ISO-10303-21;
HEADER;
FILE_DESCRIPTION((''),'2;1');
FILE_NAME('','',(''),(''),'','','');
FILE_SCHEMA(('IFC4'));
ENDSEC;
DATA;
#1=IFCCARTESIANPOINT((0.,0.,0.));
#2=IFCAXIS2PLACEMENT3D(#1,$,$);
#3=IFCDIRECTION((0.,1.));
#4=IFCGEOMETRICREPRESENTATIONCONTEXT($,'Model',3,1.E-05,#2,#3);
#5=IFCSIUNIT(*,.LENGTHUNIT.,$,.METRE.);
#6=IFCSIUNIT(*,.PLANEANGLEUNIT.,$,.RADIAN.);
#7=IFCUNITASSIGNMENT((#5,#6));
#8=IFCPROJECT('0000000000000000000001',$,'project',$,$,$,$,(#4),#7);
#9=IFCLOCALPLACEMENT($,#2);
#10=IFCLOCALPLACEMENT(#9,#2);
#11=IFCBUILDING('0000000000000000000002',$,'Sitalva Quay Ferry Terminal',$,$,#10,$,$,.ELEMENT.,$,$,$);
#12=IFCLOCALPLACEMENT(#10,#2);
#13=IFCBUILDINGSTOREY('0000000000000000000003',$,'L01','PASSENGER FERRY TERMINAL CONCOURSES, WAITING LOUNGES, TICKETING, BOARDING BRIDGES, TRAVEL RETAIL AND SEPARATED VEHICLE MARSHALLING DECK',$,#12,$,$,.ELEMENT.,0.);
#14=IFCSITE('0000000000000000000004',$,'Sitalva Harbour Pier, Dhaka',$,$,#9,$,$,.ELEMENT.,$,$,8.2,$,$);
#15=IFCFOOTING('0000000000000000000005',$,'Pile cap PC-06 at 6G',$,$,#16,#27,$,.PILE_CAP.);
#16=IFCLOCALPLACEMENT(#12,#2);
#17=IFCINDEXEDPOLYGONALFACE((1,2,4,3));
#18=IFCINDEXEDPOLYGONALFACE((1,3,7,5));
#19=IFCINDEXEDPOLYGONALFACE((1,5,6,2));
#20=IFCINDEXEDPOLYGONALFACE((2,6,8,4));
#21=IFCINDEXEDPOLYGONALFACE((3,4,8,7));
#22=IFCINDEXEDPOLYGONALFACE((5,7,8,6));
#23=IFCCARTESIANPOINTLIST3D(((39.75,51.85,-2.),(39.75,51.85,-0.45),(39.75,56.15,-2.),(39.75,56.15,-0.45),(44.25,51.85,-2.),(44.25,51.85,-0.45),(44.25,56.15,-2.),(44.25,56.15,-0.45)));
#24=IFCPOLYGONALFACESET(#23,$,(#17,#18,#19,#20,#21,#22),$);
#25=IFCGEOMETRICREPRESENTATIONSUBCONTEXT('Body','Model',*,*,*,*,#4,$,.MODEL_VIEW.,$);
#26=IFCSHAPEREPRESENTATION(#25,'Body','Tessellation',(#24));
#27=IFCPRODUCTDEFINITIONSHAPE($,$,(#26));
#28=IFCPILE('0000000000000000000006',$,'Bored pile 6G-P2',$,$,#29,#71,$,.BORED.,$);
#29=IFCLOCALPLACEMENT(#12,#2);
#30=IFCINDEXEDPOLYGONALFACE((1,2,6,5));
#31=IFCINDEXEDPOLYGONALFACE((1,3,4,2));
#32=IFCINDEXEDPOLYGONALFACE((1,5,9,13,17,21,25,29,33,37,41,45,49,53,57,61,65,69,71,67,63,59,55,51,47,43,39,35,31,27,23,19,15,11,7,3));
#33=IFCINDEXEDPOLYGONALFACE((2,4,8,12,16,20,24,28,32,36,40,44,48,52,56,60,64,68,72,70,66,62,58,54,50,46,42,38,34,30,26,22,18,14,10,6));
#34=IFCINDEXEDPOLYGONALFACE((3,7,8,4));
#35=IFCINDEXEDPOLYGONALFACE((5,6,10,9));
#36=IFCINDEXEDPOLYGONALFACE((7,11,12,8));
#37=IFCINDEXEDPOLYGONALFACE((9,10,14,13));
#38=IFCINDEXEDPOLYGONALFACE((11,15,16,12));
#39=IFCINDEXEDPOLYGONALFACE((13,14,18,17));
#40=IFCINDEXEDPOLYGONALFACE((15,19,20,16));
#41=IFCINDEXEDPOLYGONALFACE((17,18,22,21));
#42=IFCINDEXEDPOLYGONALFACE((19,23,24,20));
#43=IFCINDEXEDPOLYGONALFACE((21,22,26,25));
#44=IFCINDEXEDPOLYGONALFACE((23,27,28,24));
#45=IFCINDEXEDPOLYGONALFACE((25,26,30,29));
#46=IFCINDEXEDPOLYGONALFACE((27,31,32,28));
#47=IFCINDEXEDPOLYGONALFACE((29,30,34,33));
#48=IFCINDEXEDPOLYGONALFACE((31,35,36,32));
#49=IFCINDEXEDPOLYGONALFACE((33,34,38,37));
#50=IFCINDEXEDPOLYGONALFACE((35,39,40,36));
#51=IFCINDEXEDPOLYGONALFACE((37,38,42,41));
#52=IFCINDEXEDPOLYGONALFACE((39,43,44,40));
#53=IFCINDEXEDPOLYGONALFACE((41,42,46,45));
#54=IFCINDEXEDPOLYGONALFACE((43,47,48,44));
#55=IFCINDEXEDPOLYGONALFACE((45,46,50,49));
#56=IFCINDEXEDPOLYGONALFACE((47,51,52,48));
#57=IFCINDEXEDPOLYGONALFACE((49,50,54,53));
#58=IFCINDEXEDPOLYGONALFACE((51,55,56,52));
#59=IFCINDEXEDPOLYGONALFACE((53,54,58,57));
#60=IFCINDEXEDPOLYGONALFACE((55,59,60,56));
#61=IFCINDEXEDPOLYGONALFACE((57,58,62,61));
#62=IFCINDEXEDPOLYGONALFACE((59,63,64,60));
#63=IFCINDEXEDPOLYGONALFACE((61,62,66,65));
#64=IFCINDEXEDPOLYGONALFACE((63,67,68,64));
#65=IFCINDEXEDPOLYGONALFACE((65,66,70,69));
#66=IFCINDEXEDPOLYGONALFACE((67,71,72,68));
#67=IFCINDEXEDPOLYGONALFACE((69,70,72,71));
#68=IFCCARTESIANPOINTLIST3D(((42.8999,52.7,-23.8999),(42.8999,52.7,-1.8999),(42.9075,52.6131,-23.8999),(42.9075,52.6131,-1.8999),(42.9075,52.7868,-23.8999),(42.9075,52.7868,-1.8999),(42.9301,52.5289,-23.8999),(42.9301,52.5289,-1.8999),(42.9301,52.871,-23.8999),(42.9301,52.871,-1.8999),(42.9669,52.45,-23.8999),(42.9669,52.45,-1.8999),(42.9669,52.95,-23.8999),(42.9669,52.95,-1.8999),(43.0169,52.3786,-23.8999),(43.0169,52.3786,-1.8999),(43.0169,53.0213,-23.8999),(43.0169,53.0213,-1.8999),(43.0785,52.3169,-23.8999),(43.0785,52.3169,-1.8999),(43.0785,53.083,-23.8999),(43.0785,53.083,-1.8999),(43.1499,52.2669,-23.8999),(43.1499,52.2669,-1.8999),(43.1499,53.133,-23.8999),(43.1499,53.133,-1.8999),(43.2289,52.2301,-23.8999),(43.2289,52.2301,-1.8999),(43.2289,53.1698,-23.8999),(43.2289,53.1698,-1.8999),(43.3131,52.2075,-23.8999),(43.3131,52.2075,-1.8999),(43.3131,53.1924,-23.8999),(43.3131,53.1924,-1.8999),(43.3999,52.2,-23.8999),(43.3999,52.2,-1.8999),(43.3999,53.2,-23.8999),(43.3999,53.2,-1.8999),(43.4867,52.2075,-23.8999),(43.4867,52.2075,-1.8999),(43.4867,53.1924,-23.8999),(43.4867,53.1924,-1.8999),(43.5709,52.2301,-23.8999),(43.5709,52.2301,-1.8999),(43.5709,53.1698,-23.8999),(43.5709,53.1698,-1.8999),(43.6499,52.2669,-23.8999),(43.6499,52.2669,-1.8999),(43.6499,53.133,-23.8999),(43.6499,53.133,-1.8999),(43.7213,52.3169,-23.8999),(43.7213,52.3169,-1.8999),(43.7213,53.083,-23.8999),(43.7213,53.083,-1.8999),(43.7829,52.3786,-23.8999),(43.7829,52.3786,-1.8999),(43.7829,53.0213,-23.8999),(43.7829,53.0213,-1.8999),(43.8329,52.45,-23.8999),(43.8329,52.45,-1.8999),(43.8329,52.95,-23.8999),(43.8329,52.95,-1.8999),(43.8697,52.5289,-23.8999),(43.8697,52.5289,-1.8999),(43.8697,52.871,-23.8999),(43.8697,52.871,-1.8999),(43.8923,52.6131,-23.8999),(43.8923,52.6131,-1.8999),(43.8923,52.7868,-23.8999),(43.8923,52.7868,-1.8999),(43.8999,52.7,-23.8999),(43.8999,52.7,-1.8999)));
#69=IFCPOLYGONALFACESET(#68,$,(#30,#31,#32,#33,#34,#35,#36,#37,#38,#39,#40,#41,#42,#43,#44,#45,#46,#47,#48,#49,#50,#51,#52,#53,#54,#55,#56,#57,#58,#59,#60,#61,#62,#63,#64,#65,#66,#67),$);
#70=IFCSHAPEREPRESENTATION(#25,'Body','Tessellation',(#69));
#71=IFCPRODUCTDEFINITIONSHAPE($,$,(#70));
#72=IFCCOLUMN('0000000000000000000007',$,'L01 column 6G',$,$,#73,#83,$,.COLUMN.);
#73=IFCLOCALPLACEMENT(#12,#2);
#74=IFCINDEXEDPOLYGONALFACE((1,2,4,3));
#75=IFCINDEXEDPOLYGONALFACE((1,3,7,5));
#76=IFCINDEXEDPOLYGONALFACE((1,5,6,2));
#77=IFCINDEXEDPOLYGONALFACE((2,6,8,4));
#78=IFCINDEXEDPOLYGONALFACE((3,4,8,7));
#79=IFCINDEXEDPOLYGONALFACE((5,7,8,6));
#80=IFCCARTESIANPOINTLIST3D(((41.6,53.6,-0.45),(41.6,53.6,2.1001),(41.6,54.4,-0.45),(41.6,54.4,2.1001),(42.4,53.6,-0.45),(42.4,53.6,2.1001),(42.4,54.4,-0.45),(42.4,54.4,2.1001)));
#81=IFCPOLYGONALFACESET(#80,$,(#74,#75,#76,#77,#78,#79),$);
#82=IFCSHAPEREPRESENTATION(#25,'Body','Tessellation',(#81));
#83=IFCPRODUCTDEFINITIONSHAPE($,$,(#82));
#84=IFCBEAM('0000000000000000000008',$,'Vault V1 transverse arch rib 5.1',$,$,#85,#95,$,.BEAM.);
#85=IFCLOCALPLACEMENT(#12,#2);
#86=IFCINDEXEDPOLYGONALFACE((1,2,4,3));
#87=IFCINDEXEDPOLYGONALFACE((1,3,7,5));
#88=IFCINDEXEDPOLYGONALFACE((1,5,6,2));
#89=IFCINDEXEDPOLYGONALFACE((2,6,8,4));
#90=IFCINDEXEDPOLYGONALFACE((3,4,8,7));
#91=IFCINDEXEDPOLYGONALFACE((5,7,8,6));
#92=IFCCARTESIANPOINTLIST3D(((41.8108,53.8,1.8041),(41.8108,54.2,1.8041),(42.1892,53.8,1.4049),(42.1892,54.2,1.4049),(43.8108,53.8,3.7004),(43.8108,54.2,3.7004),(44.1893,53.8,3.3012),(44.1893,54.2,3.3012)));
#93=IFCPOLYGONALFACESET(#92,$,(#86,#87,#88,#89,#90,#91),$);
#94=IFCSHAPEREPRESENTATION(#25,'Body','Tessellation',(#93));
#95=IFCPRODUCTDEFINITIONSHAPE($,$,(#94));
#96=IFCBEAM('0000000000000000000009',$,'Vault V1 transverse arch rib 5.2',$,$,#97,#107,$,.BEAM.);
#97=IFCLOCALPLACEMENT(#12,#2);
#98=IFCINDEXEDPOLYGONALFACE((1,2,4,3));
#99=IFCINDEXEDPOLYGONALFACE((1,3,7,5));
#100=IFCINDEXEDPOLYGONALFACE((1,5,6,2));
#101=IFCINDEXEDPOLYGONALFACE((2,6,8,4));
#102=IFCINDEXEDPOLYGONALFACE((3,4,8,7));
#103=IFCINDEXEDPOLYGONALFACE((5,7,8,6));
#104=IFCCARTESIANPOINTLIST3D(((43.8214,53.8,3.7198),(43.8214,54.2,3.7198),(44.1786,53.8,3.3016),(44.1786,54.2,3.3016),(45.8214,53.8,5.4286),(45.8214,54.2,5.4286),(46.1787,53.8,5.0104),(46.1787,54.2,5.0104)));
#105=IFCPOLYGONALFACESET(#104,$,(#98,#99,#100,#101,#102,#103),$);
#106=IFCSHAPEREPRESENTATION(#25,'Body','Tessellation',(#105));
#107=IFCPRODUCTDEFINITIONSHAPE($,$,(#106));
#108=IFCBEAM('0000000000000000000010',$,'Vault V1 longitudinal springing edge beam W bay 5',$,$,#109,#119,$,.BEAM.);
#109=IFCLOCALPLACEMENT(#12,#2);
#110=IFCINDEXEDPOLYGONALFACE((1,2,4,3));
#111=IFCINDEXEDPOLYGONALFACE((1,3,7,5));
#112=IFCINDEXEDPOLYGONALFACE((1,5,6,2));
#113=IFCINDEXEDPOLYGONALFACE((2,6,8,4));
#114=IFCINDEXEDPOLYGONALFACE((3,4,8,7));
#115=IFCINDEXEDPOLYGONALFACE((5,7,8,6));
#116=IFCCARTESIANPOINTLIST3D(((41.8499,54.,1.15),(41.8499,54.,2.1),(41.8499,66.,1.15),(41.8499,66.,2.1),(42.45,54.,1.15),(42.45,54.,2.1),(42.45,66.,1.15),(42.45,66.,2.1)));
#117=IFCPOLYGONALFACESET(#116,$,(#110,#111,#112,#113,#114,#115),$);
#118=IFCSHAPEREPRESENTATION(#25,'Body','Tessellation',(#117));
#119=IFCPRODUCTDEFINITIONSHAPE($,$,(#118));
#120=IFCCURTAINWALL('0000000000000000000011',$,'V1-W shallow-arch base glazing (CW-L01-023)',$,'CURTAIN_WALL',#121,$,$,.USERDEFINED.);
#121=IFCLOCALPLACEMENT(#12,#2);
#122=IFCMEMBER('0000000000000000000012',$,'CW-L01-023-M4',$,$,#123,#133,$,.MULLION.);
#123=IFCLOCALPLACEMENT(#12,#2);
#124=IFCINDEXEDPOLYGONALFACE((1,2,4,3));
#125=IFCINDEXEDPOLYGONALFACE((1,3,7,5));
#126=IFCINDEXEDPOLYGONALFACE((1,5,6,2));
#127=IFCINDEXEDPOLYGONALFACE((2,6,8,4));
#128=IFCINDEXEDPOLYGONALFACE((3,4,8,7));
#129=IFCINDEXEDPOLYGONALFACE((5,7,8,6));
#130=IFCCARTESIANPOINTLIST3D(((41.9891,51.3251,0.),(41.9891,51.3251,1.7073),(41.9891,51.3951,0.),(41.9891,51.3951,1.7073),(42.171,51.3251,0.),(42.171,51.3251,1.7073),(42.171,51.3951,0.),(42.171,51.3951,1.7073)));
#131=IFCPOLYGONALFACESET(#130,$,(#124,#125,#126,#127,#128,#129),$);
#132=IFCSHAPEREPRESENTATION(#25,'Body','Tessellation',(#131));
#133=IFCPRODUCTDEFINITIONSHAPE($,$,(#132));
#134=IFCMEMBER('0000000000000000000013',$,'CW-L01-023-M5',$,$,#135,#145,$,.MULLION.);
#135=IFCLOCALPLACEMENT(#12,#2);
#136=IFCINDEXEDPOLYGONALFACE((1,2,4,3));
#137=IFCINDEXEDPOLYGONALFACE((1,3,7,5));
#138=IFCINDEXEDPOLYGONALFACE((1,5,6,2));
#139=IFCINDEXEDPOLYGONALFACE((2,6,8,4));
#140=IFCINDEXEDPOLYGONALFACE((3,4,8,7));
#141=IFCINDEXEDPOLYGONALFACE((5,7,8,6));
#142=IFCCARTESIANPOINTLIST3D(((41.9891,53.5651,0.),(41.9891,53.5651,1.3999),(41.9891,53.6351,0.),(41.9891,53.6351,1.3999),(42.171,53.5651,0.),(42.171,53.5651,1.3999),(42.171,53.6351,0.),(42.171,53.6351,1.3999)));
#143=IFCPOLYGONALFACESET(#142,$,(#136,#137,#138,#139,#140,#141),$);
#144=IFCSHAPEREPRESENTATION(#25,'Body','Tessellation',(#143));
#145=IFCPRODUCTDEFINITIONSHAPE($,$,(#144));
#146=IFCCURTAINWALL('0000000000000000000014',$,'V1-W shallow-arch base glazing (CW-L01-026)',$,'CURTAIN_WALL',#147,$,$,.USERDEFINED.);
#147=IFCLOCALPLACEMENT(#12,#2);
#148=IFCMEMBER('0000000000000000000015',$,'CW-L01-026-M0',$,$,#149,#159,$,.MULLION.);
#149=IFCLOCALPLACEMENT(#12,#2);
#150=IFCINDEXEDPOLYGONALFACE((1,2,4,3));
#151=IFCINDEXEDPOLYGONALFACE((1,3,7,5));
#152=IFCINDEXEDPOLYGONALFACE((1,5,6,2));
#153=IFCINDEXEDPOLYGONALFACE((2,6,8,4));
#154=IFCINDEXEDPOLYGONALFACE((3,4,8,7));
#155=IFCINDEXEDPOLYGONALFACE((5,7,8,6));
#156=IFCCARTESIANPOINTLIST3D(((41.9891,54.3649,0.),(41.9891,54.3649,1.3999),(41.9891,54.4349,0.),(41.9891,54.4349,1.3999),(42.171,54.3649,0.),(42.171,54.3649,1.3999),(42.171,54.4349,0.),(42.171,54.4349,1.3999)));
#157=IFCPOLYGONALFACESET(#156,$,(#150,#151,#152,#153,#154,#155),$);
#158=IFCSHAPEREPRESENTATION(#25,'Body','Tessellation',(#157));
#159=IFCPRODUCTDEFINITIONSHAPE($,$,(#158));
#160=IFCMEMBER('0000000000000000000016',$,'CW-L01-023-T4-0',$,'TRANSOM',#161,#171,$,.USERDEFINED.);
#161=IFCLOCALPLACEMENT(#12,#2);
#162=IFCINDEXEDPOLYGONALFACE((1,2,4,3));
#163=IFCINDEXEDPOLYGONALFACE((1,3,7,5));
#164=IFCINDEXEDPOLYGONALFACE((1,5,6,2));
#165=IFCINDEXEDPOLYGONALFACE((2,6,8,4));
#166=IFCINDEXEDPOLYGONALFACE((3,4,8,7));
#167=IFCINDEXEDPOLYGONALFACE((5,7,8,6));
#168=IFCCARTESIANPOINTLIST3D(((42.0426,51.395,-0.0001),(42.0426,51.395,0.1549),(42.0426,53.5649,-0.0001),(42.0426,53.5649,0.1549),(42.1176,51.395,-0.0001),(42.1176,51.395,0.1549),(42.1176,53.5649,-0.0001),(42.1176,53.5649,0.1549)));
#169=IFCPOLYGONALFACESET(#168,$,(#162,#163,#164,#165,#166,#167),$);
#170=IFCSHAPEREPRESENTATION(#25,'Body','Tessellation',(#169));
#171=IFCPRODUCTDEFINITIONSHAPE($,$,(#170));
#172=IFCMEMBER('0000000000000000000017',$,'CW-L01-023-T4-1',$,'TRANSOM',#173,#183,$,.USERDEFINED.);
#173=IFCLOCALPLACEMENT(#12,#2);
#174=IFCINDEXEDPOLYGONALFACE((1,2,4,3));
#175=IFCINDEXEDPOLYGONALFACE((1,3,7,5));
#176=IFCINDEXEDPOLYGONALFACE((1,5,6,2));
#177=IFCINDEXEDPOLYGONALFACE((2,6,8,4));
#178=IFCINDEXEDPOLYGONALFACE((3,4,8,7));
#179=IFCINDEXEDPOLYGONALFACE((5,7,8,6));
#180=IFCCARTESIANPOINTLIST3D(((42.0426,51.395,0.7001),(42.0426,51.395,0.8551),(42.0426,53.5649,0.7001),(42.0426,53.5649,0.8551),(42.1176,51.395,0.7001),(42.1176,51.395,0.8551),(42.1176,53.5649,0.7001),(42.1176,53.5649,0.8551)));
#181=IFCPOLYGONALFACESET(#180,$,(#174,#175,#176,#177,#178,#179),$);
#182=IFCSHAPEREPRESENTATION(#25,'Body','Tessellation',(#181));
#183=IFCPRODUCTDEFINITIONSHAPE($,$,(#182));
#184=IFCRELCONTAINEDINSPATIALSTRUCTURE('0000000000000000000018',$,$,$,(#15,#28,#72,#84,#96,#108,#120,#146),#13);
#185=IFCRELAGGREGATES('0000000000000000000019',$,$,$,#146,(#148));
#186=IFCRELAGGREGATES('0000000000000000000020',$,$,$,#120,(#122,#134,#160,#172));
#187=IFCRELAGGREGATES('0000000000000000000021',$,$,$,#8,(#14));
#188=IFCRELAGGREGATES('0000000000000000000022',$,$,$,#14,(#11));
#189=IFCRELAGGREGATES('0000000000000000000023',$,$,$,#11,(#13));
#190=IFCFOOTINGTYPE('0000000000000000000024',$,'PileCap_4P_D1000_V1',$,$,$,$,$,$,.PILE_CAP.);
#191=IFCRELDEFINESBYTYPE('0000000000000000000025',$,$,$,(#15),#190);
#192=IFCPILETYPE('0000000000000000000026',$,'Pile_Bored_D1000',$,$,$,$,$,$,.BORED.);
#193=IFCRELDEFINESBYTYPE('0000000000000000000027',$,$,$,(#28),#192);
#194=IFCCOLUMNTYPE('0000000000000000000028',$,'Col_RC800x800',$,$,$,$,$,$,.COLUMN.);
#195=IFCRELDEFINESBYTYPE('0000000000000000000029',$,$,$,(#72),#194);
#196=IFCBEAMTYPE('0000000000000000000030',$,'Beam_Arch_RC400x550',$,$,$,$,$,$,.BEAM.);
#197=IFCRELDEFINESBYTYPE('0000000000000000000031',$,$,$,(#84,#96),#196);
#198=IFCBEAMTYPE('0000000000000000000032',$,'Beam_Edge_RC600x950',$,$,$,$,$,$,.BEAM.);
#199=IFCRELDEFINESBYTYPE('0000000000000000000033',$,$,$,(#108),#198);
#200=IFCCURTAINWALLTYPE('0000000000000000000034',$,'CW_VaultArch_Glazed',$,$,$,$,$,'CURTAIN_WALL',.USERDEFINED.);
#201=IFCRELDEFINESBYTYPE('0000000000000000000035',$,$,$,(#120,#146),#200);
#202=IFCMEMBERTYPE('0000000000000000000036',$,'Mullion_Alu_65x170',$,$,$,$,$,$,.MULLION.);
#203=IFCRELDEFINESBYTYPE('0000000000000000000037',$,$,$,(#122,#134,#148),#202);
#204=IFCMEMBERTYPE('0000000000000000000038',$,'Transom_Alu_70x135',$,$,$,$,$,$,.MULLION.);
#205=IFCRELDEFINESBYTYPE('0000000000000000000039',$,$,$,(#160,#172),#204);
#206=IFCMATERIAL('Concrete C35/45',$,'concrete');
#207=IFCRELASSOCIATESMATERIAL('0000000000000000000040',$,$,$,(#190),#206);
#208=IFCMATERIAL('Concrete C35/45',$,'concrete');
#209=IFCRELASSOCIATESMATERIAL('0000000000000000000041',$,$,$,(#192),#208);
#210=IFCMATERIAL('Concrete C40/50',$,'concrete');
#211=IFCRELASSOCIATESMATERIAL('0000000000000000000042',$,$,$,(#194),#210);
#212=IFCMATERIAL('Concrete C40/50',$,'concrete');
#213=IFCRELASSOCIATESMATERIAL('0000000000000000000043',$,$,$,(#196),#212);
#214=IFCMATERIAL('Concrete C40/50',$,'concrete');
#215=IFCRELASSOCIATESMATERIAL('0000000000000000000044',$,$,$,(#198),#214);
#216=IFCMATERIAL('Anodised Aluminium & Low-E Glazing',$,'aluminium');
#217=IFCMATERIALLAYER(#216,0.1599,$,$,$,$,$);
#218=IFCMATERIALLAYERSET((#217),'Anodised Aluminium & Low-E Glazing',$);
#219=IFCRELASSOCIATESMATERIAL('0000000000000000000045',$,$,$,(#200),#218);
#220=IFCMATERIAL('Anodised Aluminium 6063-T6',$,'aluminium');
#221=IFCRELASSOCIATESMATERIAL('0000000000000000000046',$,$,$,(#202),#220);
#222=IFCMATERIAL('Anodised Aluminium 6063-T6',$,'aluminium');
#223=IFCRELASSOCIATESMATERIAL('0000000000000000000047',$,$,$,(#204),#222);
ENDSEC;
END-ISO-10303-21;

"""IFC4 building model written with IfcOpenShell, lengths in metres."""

from ifc_helpers import new_model, si_unit, direction, frame, origin, origin_2d, place, context, subcontext, project, spatial, rectangle, circle, extrude, material, layer, layer_set, material_profile, profile_set, type_object, element, aggregate, save


model = new_model("IFC4")

# Units and contexts
model_context = context("Model", 3, precision=1e-05, world=origin(), true_north=direction((0.0, 1.0)))
body_context = subcontext(model_context, "Body", "Model", "MODEL_VIEW")
ifc_project = project(units=[si_unit("LENGTHUNIT", "METRE"), si_unit("PLANEANGLEUNIT", "RADIAN")], contexts=[model_context])

# Site, building, storey
site_placement = place(None, origin())
site = spatial("IfcSite", under=ifc_project, at=site_placement, Name="Sitalva Harbour Pier, Dhaka", CompositionType="ELEMENT", RefElevation=8.2)
building_placement = place(site_placement, origin())
building = spatial("IfcBuilding", under=site, at=building_placement, Name="Sitalva Quay Ferry Terminal", CompositionType="ELEMENT")
storey_placement = place(building_placement, origin())
storey = spatial("IfcBuildingStorey", under=building, at=storey_placement, Name="L01", Description="PASSENGER FERRY TERMINAL CONCOURSES, WAITING LOUNGES, TICKETING, BOARDING BRIDGES, TRAVEL RETAIL AND SEPARATED VEHICLE MARSHALLING DECK", CompositionType="ELEMENT", Elevation=0.0)

# Footing
ifc_material_1 = material(Name="Concrete C35/45", Category="concrete")
footing_type = type_object("IfcFootingType", Name="PileCap_4P_D1000_V1", PredefinedType="PILE_CAP", material=ifc_material_1)
footing_placement = place(storey_placement, frame((42.0, 54.0, -2.0), z_axis=(0.0, 0.0, 1.0), x_axis=(1.0, 0.0, 0.0)))
element("IfcFooting", 1, at=footing_placement, inside=storey, type_object=footing_type, Name="Pile cap PC-06 at 6G", PredefinedType="PILE_CAP", context=body_context, shape_type="SweptSolid", body=[
    extrude(rectangle(XDim=4.5, YDim=4.3, at=origin_2d()), origin(), (0.0, 0.0, 1.0), 1.55),
])

# Pile
ifc_material_2 = material(Name="Concrete C35/45", Category="concrete")
ifc_material_profile_1 = material_profile(ifc_material_2, circle(Radius=0.5, at=origin_2d()), Name="PILE-D1000")
ifc_profile_set_1 = profile_set([ifc_material_profile_1], Name="Concrete C35/45")
pile_type = type_object("IfcPileType", Name="Pile_Bored_D1000", PredefinedType="BORED", material=ifc_profile_set_1)
pile_placement = place(storey_placement, frame((43.3999, 52.7, -1.8999), z_axis=(0.0, 0.0, -1.0), x_axis=(1.0, 0.0, 0.0)))
element("IfcPile", 2, at=pile_placement, inside=storey, type_object=pile_type, Name="Bored pile 6G-P2", PredefinedType="BORED", context=body_context, shape_type="SweptSolid", body=[
    extrude(circle(Radius=0.5, at=origin_2d()), origin(), (0.0, 0.0, 1.0), 22.0),
])

# Column
ifc_material_3 = material(Name="Concrete C40/50", Category="concrete")
ifc_material_profile_2 = material_profile(ifc_material_3, rectangle(XDim=0.8, YDim=0.8, at=origin_2d()), Name="RC800x800")
ifc_profile_set_2 = profile_set([ifc_material_profile_2], Name="Concrete C40/50")
column_type = type_object("IfcColumnType", Name="Col_RC800x800", PredefinedType="COLUMN", material=ifc_profile_set_2)
column_placement = place(storey_placement, frame((42.0, 54.0, -0.45), z_axis=(0.0, 0.0, 1.0), x_axis=(1.0, 0.0, 0.0)))
element("IfcColumn", 3, at=column_placement, inside=storey, type_object=column_type, Name="L01 column 6G", PredefinedType="COLUMN", context=body_context, shape_type="SweptSolid", body=[
    extrude(rectangle(XDim=0.8, YDim=0.8, at=origin_2d()), origin(), (0.0, 0.0, 1.0), 2.55),
])

# Beams
ifc_material_4 = material(Name="Concrete C40/50", Category="concrete")
ifc_material_profile_3 = material_profile(ifc_material_4, rectangle(XDim=0.3999, YDim=0.55, at=origin_2d()), Name="RC400x550")
ifc_profile_set_3 = profile_set([ifc_material_profile_3], Name="Concrete C40/50")
beam_type_1 = type_object("IfcBeamType", Name="Beam_Arch_RC400x550", PredefinedType="BEAM", material=ifc_profile_set_3)
beam_1_placement = place(storey_placement, frame((42.0, 54.0, 1.6045), z_axis=(0.72568, 0.0, 0.688032), x_axis=(0.0, 1.0, 0.0)))
element("IfcBeam", 4, at=beam_1_placement, inside=storey, type_object=beam_type_1, Name="Vault V1 transverse arch rib 5.1", PredefinedType="BEAM", context=body_context, shape_type="SweptSolid", body=[
    extrude(rectangle(XDim=0.3999, YDim=0.55, at=origin_2d()), origin(), (0.0, 0.0, 1.0), 2.7561),
])
beam_2_placement = place(storey_placement, frame((44.0, 54.0, 3.5107), z_axis=(0.760297, 0.0, 0.649575), x_axis=(0.0, 1.0, 0.0)))
element("IfcBeam", 5, at=beam_2_placement, inside=storey, type_object=beam_type_1, Name="Vault V1 transverse arch rib 5.2", PredefinedType="BEAM", context=body_context, shape_type="SweptSolid", body=[
    extrude(rectangle(XDim=0.3999, YDim=0.55, at=origin_2d()), origin(), (0.0, 0.0, 1.0), 2.6306),
])
ifc_material_5 = material(Name="Concrete C40/50", Category="concrete")
ifc_material_profile_4 = material_profile(ifc_material_5, rectangle(XDim=0.6001, YDim=0.95, at=origin_2d()), Name="RC600x950")
ifc_profile_set_4 = profile_set([ifc_material_profile_4], Name="Concrete C40/50")
beam_type_2 = type_object("IfcBeamType", Name="Beam_Edge_RC600x950", PredefinedType="BEAM", material=ifc_profile_set_4)
beam_3_placement = place(storey_placement, frame((42.1499, 54.0, 1.625), z_axis=(0.0, 1.0, 0.0), x_axis=(-1.0, 0.0, 0.0)))
element("IfcBeam", 6, at=beam_3_placement, inside=storey, type_object=beam_type_2, Name="Vault V1 longitudinal springing edge beam W bay 5", PredefinedType="BEAM", context=body_context, shape_type="SweptSolid", body=[
    extrude(rectangle(XDim=0.6001, YDim=0.95, at=origin_2d()), origin(), (0.0, 0.0, 1.0), 12.0),
])

# Curtain wall, members
ifc_material_6 = material(Name="Anodised Aluminium & Low-E Glazing", Category="aluminium")
ifc_layer_1 = layer(ifc_material_6, 0.1599)
ifc_layer_set_1 = layer_set([ifc_layer_1], Name="Anodised Aluminium & Low-E Glazing")
curtain_wall_type = type_object("IfcCurtainWallType", Name="CW_VaultArch_Glazed", ElementType="CURTAIN_WALL", PredefinedType="USERDEFINED", material=ifc_layer_set_1)
curtain_wall_1_placement = place(storey_placement, origin())
curtain_wall_1 = element("IfcCurtainWall", 7, at=curtain_wall_1_placement, inside=storey, type_object=curtain_wall_type, Name="V1-W shallow-arch base glazing (CW-L01-023)", ObjectType="CURTAIN_WALL", PredefinedType="USERDEFINED")
ifc_material_7 = material(Name="Anodised Aluminium 6063-T6", Category="aluminium")
ifc_material_profile_5 = material_profile(ifc_material_7, rectangle(XDim=0.0701, YDim=0.1819, at=origin_2d()), Name="ALU70x182")
ifc_profile_set_5 = profile_set([ifc_material_profile_5], Name="Anodised Aluminium 6063-T6")
member_type_1 = type_object("IfcMemberType", Name="Mullion_Alu_65x170", PredefinedType="MULLION", material=ifc_profile_set_5)
member_1_placement = place(storey_placement, frame((42.0801, 51.3601, 0.0), z_axis=(0.0, 0.0, 1.0), x_axis=(0.0, 1.0, 0.0)))
member_1 = element("IfcMember", 8, at=member_1_placement, type_object=member_type_1, Name="CW-L01-023-M4", PredefinedType="MULLION", context=body_context, shape_type="SweptSolid", body=[
    extrude(rectangle(XDim=0.0701, YDim=0.1819, at=origin_2d()), origin(), (0.0, 0.0, 1.0), 1.7073),
])
member_2_placement = place(storey_placement, frame((42.0801, 53.6001, 0.0), z_axis=(0.0, 0.0, 1.0), x_axis=(0.0, 1.0, 0.0)))
member_2 = element("IfcMember", 9, at=member_2_placement, type_object=member_type_1, Name="CW-L01-023-M5", PredefinedType="MULLION", context=body_context, shape_type="SweptSolid", body=[
    extrude(rectangle(XDim=0.0701, YDim=0.1819, at=origin_2d()), origin(), (0.0, 0.0, 1.0), 1.3999),
])

# Curtain wall, member
curtain_wall_2_placement = place(storey_placement, origin())
curtain_wall_2 = element("IfcCurtainWall", 10, at=curtain_wall_2_placement, inside=storey, type_object=curtain_wall_type, Name="V1-W shallow-arch base glazing (CW-L01-026)", ObjectType="CURTAIN_WALL", PredefinedType="USERDEFINED")
member_3_placement = place(storey_placement, frame((42.0801, 54.3999, 0.0), z_axis=(0.0, 0.0, 1.0), x_axis=(0.0, 1.0, 0.0)))
member_3 = element("IfcMember", 11, at=member_3_placement, type_object=member_type_1, Name="CW-L01-026-M0", PredefinedType="MULLION", context=body_context, shape_type="SweptSolid", body=[
    extrude(rectangle(XDim=0.0701, YDim=0.1819, at=origin_2d()), origin(), (0.0, 0.0, 1.0), 1.3999),
])

# Members
ifc_material_8 = material(Name="Anodised Aluminium 6063-T6", Category="aluminium")
ifc_material_profile_6 = material_profile(ifc_material_8, rectangle(XDim=0.075, YDim=0.155, at=origin_2d()), Name="ALU75x155")
ifc_profile_set_6 = profile_set([ifc_material_profile_6], Name="Anodised Aluminium 6063-T6")
member_type_2 = type_object("IfcMemberType", Name="Transom_Alu_70x135", PredefinedType="MULLION", material=ifc_profile_set_6)
member_4_placement = place(storey_placement, frame((42.0801, 51.395, 0.0774), z_axis=(0.0, 1.0, 0.0), x_axis=(-1.0, 0.0, 0.0)))
member_4 = element("IfcMember", 12, at=member_4_placement, type_object=member_type_2, Name="CW-L01-023-T4-0", ObjectType="TRANSOM", PredefinedType="USERDEFINED", context=body_context, shape_type="SweptSolid", body=[
    extrude(rectangle(XDim=0.075, YDim=0.155, at=origin_2d()), origin(), (0.0, 0.0, 1.0), 2.1699),
])
member_5_placement = place(storey_placement, frame((42.0801, 51.395, 0.7776), z_axis=(0.0, 1.0, 0.0), x_axis=(-1.0, 0.0, 0.0)))
member_5 = element("IfcMember", 13, at=member_5_placement, type_object=member_type_2, Name="CW-L01-023-T4-1", ObjectType="TRANSOM", PredefinedType="USERDEFINED", context=body_context, shape_type="SweptSolid", body=[
    extrude(rectangle(XDim=0.075, YDim=0.155, at=origin_2d()), origin(), (0.0, 0.0, 1.0), 2.1699),
])
aggregate(curtain_wall_2, [member_3])

aggregate(curtain_wall_1, [member_1, member_2, member_4, member_5])

save(model, "model.ifc")
